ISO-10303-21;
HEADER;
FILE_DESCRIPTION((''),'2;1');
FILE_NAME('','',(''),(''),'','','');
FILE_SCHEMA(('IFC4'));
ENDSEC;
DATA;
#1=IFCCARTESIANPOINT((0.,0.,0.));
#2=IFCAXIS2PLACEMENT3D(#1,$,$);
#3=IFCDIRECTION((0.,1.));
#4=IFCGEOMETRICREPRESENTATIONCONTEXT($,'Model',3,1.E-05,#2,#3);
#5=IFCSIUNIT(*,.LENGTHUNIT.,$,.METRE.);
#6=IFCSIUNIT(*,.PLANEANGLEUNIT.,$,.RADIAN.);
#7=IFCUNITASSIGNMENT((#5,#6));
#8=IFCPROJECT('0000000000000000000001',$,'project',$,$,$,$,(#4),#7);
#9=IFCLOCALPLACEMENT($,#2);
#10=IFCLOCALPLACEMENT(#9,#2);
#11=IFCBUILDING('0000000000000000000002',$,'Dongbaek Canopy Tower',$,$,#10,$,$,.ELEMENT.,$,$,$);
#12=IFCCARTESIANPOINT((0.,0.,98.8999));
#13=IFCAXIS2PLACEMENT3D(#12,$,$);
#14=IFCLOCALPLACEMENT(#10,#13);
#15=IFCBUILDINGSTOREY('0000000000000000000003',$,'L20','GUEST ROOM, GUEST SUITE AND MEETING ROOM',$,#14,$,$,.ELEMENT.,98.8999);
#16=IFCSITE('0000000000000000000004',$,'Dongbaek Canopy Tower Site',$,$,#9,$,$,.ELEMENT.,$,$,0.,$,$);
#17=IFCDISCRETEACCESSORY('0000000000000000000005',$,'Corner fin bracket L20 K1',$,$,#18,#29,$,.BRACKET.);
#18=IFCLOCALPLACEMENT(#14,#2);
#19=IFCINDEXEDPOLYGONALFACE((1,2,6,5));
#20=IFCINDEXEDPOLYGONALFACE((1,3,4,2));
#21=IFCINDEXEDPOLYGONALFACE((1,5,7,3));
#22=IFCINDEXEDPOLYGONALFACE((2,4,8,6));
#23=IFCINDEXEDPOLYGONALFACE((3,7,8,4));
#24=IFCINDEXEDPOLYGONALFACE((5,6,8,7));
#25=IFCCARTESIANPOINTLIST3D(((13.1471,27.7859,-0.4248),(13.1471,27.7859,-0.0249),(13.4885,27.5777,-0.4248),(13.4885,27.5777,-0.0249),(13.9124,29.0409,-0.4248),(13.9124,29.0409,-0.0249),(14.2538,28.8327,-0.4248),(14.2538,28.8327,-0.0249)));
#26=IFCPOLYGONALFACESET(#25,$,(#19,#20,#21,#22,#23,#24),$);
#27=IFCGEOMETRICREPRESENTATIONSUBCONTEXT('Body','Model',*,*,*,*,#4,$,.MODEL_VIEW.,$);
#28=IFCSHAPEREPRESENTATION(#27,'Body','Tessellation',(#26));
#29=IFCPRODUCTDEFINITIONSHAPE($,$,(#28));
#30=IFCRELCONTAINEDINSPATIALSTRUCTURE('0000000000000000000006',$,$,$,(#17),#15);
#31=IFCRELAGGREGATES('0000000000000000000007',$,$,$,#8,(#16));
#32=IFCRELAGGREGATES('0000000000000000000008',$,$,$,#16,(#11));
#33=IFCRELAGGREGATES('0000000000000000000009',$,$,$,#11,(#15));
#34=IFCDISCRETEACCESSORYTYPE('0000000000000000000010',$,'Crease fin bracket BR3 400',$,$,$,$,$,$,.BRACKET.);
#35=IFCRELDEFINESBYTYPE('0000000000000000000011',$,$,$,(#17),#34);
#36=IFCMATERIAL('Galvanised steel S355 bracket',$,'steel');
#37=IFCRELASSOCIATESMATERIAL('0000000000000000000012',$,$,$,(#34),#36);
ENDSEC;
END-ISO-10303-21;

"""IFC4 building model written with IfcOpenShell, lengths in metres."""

from ifc_helpers import new_model, si_unit, direction, frame, origin, origin_2d, place, context, subcontext, project, spatial, rectangle, extrude, material, type_object, element, save


model = new_model("IFC4")

# Units and contexts
model_context = context("Model", 3, precision=1e-05, world=origin(), true_north=direction((0.0, 1.0)))
body_context = subcontext(model_context, "Body", "Model", "MODEL_VIEW")
ifc_project = project(units=[si_unit("LENGTHUNIT", "METRE"), si_unit("PLANEANGLEUNIT", "RADIAN")], contexts=[model_context])

# Site, building, storey
site_placement = place(None, origin())
site = spatial("IfcSite", under=ifc_project, at=site_placement, Name="Dongbaek Canopy Tower Site", CompositionType="ELEMENT", RefElevation=0.0)
building_placement = place(site_placement, origin())
building = spatial("IfcBuilding", under=site, at=building_placement, Name="Dongbaek Canopy Tower", CompositionType="ELEMENT")
storey_placement = place(building_placement, frame((0.0, 0.0, 98.8999)))
storey = spatial("IfcBuildingStorey", under=building, at=storey_placement, Name="L20", Description="GUEST ROOM, GUEST SUITE AND MEETING ROOM", CompositionType="ELEMENT", Elevation=98.8999)

# Discrete accessory
ifc_material_1 = material(Name="Galvanised steel S355 bracket", Category="steel")
discrete_accessory_type = type_object("IfcDiscreteAccessoryType", Name="Crease fin bracket BR3 400", PredefinedType="BRACKET", material=ifc_material_1)
discrete_accessory_placement = place(storey_placement, frame((13.7004, 28.3093, -0.4248), z_axis=(0.0, 0.0, 1.0), x_axis=(0.520636, 0.853779, 0.0)))
element("IfcDiscreteAccessory", 1, at=discrete_accessory_placement, inside=storey, type_object=discrete_accessory_type, Name="Corner fin bracket L20 K1", PredefinedType="BRACKET", context=body_context, shape_type="SweptSolid", body=[
    extrude(rectangle(XDim=1.47, YDim=0.3999, at=origin_2d()), origin(), (0.0, 0.0, 1.0), 0.3999),
])

save(model, "model.ifc")
